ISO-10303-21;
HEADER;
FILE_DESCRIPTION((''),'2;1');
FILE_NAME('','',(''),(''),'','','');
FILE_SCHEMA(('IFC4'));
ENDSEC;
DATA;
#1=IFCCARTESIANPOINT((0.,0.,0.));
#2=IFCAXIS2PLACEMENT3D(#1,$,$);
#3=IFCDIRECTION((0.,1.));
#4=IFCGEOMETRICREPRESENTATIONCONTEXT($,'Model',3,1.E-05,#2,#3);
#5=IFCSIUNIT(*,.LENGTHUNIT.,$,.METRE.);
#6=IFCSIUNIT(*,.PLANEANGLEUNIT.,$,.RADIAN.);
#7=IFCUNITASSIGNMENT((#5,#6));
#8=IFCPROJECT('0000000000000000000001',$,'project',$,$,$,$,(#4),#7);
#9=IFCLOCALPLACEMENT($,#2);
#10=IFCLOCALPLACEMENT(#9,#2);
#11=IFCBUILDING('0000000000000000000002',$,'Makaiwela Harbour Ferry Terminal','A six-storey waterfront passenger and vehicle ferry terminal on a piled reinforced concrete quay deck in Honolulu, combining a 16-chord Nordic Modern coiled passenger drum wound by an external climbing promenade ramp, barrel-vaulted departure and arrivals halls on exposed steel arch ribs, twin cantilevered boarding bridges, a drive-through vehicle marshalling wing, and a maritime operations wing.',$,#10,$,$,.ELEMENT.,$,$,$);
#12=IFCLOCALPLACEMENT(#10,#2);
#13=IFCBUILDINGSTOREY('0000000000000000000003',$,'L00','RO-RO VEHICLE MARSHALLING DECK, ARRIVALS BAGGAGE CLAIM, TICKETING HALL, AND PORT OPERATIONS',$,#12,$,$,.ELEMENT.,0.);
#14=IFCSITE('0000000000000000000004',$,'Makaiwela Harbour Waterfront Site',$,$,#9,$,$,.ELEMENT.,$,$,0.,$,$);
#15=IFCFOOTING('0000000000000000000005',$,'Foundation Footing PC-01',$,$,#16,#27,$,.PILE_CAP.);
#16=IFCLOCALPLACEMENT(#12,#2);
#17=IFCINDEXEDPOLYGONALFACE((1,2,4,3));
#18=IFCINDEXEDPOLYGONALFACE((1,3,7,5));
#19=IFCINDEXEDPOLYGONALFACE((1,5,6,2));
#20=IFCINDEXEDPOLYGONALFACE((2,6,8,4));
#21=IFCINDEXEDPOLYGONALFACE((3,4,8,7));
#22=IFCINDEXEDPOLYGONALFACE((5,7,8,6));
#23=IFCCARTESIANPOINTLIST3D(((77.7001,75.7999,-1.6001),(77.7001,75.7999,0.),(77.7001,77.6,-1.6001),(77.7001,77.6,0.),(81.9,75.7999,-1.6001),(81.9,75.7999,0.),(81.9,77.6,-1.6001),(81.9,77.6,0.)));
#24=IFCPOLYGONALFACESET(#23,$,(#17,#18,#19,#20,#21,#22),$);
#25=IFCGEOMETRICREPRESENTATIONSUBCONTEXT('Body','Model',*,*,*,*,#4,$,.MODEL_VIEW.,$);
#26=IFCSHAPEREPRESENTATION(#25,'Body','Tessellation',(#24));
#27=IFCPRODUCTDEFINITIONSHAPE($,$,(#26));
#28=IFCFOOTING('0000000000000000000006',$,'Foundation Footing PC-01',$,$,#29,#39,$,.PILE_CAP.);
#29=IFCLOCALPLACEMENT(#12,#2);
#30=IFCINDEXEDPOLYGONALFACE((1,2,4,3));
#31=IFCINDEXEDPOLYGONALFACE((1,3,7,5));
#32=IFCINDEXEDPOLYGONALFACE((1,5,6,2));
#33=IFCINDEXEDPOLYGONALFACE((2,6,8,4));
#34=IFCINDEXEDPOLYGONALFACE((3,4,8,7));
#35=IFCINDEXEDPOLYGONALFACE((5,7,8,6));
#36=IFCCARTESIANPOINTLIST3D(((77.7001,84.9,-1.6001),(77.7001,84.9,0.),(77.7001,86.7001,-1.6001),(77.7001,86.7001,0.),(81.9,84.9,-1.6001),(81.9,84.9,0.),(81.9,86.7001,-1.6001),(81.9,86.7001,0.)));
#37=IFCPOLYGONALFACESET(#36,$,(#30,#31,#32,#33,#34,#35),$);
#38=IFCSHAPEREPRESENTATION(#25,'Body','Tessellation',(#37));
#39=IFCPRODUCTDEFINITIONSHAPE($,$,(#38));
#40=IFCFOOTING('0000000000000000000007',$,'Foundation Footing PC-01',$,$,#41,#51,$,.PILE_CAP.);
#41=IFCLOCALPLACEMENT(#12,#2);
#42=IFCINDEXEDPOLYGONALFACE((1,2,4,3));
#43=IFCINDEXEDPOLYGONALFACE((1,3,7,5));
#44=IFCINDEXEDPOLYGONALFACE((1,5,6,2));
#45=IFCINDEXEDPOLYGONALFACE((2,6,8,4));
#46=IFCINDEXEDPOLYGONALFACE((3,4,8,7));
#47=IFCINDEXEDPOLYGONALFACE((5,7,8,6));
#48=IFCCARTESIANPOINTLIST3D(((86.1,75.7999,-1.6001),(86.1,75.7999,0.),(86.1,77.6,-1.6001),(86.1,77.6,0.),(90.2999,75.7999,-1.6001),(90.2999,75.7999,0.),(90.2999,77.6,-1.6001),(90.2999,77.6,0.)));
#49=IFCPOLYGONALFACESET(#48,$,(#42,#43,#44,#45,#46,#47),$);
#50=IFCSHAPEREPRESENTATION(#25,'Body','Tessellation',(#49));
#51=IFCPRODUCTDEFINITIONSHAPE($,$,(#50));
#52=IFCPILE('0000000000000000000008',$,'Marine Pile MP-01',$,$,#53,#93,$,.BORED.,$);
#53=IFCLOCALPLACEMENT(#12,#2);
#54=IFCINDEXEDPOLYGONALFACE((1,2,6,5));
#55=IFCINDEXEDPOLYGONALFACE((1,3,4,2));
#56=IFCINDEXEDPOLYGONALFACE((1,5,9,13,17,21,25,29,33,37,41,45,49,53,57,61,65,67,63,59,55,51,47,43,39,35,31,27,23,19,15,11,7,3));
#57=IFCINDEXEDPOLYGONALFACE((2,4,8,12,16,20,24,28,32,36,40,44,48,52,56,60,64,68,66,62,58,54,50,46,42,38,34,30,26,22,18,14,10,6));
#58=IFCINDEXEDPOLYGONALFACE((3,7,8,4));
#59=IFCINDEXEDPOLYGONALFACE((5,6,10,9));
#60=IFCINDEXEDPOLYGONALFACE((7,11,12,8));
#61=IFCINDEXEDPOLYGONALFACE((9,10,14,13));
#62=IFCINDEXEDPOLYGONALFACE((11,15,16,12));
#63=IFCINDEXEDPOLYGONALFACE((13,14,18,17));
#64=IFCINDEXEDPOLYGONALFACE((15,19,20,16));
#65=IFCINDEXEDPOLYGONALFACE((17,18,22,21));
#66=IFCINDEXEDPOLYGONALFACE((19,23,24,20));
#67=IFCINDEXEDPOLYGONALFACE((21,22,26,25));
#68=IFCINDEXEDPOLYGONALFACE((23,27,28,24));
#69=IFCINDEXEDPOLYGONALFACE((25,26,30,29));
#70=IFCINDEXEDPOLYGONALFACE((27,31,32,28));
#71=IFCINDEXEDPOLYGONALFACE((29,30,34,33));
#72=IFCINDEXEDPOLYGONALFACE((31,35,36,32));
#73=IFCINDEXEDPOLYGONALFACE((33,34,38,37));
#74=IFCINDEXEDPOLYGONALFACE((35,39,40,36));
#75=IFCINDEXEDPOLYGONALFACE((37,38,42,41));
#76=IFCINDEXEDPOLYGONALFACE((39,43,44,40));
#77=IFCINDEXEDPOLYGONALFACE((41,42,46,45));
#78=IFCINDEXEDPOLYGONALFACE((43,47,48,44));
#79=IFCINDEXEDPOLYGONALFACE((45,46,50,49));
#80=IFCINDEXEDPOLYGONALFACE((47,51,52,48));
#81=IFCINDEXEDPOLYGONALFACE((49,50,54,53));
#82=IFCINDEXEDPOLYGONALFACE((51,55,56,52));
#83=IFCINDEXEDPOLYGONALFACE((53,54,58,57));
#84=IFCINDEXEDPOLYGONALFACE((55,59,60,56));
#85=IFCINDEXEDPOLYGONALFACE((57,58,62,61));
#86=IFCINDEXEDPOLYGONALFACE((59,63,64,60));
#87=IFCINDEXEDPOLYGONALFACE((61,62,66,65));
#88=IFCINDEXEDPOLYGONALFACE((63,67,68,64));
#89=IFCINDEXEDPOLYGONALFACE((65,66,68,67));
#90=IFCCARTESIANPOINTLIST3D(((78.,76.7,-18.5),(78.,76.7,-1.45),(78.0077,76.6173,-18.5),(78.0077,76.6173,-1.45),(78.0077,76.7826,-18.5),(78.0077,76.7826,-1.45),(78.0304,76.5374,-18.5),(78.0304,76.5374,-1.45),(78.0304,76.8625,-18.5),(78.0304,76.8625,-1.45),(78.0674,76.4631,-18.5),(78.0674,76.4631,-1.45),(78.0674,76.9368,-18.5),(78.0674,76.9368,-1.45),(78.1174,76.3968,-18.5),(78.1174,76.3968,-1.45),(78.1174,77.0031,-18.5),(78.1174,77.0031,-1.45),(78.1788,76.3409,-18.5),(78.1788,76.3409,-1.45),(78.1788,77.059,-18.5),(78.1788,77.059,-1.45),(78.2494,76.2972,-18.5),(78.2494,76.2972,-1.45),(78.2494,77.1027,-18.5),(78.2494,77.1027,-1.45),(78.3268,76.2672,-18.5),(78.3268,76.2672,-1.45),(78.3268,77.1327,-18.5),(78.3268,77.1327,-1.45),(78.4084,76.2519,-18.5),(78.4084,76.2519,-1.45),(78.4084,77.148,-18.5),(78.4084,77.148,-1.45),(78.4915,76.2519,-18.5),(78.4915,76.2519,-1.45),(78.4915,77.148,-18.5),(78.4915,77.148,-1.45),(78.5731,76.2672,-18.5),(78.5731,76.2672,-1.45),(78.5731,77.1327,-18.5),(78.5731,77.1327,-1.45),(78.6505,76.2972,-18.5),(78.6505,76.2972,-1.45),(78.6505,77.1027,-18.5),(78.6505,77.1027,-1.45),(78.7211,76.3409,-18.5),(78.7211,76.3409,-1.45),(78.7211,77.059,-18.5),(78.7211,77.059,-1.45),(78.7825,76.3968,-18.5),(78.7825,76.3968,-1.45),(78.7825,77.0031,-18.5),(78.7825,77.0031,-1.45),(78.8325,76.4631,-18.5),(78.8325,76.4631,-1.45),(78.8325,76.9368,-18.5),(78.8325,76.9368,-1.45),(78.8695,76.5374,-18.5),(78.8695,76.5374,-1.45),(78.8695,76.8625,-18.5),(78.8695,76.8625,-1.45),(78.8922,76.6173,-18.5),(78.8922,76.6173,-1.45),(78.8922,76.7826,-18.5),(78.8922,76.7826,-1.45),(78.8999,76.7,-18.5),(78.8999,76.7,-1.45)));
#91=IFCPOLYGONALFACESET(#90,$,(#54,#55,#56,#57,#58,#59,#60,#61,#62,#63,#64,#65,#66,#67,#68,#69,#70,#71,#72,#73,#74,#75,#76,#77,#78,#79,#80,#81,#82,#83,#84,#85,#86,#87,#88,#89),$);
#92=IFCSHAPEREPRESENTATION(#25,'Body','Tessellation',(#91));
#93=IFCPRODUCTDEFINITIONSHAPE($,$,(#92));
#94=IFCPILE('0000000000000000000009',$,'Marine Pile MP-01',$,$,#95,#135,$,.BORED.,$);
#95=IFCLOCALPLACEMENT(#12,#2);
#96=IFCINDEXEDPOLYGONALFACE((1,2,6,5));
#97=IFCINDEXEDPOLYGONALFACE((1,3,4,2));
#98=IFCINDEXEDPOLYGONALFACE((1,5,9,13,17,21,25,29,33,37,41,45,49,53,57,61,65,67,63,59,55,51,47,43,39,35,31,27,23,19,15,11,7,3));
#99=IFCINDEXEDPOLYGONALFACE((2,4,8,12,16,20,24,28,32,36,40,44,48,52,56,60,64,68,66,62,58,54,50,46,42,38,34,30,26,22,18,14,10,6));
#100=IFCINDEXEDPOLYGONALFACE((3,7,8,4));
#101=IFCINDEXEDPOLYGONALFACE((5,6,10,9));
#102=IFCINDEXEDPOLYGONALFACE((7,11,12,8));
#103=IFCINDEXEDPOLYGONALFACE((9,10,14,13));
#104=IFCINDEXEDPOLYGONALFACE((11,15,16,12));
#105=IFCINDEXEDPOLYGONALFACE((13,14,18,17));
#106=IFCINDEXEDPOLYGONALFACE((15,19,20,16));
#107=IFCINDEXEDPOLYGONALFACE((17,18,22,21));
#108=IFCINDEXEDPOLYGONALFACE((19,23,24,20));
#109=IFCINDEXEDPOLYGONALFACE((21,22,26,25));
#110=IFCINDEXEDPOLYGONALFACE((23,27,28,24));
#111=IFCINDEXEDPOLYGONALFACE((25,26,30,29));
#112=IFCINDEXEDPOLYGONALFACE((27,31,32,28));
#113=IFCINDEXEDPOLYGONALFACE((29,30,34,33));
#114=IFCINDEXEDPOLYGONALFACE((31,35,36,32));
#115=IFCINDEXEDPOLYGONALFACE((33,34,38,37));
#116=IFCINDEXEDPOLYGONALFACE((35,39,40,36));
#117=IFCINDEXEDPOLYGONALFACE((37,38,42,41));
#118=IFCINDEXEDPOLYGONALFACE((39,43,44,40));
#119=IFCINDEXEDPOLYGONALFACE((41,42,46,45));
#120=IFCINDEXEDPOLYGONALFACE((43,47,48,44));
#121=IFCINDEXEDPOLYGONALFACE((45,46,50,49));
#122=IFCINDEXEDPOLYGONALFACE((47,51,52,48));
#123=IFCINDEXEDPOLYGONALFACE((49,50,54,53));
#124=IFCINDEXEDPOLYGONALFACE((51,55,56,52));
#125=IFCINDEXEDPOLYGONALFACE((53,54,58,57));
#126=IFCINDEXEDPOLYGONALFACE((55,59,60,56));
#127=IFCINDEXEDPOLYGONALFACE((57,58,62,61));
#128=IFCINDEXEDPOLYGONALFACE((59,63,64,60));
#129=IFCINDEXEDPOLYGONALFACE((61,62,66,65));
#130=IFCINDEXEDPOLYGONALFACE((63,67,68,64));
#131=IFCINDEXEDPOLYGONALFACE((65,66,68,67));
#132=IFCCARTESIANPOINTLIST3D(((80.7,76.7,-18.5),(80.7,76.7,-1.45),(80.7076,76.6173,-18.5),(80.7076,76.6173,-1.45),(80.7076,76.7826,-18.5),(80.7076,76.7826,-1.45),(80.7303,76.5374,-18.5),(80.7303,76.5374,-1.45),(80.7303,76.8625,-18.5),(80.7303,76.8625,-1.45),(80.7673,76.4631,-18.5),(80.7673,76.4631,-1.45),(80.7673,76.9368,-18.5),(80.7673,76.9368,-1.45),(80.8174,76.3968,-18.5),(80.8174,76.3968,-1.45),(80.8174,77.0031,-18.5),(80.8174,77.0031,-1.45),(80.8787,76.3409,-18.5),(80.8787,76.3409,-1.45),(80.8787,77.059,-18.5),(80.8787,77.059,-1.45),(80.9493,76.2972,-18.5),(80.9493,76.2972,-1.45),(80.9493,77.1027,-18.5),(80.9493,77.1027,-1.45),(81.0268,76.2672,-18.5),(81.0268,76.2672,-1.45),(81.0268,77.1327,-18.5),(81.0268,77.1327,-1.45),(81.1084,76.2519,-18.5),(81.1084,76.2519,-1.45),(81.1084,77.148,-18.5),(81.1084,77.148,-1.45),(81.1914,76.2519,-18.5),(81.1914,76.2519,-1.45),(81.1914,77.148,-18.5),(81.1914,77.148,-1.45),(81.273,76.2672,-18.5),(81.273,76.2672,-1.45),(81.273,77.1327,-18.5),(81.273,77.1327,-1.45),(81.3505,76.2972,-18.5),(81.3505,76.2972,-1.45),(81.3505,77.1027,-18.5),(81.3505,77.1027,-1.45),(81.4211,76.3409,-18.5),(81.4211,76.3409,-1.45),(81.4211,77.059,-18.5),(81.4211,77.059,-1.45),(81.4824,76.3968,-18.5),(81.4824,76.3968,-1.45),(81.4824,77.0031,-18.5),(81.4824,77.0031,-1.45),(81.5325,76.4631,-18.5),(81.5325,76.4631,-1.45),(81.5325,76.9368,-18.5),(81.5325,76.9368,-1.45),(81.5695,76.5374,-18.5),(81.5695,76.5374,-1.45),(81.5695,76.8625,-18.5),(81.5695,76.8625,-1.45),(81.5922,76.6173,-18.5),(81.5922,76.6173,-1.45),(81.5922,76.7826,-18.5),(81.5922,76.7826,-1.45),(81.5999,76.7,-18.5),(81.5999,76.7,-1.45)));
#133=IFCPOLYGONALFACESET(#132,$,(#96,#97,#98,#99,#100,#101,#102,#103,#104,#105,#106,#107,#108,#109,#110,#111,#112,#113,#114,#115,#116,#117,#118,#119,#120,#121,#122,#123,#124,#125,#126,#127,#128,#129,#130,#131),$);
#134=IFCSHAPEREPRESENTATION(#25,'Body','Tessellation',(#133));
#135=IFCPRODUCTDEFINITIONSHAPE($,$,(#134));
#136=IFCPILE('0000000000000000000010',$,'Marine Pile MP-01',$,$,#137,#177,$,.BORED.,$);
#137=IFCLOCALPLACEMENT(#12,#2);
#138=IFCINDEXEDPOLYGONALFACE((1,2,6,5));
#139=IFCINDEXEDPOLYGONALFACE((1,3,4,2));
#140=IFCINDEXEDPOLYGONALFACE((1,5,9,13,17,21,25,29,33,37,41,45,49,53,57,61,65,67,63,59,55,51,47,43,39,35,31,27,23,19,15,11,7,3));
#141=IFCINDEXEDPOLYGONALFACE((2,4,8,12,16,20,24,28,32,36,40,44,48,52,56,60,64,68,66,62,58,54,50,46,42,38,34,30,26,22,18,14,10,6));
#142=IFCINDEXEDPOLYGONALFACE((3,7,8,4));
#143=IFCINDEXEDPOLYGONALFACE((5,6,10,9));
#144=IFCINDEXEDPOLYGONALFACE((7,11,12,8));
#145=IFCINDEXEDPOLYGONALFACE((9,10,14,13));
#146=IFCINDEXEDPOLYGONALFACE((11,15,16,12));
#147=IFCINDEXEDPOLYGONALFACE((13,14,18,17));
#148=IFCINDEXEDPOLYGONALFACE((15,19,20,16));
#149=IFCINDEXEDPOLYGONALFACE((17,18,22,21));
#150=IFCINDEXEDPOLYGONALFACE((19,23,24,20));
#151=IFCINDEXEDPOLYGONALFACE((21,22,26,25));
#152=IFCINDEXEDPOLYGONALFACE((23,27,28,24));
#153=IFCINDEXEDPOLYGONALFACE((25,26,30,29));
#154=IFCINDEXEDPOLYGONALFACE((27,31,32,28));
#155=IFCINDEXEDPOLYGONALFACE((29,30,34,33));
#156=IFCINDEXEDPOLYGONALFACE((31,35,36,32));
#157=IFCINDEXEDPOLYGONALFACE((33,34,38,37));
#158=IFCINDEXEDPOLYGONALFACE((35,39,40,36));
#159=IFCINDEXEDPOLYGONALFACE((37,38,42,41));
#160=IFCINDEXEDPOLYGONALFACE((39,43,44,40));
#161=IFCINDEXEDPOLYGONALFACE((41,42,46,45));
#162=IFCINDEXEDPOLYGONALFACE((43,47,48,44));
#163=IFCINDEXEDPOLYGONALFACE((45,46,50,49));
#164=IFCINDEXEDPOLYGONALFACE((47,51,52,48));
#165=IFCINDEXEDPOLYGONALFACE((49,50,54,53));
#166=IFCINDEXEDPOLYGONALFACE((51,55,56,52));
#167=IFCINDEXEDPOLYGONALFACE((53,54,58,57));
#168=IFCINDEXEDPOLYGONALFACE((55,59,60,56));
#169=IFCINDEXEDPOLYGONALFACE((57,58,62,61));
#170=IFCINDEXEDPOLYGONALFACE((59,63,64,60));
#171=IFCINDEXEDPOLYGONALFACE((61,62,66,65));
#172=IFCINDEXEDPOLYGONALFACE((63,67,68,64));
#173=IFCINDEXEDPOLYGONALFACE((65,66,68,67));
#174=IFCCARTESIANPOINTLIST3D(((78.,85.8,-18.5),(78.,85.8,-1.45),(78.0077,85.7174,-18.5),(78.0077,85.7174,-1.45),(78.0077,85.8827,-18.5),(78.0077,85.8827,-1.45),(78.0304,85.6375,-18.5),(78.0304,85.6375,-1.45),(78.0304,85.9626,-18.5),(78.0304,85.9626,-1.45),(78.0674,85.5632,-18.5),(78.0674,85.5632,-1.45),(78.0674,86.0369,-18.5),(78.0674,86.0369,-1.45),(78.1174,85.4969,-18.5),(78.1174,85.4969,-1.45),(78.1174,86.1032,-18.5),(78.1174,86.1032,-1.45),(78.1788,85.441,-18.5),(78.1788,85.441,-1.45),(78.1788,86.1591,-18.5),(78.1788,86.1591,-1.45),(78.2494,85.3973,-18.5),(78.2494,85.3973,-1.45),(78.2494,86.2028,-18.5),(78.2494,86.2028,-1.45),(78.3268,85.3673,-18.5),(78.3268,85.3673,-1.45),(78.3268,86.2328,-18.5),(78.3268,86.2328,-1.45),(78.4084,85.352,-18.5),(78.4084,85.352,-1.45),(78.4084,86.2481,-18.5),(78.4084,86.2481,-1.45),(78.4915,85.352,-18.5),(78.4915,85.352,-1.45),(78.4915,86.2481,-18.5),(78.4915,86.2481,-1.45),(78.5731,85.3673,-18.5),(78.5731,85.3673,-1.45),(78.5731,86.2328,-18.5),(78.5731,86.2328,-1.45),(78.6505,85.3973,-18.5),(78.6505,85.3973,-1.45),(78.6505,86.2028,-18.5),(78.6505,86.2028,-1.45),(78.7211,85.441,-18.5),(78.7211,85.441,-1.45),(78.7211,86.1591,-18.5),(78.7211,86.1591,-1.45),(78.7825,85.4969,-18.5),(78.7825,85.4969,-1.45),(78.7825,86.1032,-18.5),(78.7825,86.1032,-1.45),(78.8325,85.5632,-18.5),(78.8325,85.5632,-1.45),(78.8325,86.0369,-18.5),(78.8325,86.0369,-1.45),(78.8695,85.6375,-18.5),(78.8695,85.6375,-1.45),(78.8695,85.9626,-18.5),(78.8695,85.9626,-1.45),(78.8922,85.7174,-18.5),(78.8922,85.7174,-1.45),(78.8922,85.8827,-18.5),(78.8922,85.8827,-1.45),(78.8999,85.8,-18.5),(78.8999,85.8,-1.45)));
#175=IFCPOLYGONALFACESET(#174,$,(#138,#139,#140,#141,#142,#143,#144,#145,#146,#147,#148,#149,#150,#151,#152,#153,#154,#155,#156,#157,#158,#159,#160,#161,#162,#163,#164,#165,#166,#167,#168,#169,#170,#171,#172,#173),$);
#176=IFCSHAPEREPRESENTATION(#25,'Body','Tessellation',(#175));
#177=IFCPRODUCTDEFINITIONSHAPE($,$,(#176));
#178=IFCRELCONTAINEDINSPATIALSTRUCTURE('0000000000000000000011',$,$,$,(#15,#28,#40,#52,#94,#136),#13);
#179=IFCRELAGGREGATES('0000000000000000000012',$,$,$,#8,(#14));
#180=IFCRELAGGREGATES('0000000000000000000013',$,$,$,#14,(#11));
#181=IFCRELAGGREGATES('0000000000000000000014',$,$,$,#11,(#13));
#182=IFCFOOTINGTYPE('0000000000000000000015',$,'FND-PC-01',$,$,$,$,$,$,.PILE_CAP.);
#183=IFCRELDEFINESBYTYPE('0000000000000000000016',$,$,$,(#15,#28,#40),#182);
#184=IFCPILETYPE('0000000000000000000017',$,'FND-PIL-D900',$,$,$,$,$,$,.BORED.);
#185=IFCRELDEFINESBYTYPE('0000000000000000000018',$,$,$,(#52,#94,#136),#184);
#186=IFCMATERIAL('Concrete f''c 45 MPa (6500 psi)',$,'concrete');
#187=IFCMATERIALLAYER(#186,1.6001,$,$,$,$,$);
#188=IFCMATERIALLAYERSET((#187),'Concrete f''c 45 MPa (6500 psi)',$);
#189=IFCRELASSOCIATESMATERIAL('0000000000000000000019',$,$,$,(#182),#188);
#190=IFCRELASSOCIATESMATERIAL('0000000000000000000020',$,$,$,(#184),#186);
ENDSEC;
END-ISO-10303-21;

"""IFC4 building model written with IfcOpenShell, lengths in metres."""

from ifc_helpers import new_model, si_unit, direction, frame, origin, origin_2d, place, context, subcontext, project, spatial, rectangle, circle, extrude, material, layer, layer_set, material_profile, profile_set, type_object, element, save


model = new_model("IFC4")

# Units and contexts
model_context = context("Model", 3, precision=1e-05, world=origin(), true_north=direction((0.0, 1.0)))
body_context = subcontext(model_context, "Body", "Model", "MODEL_VIEW")
ifc_project = project(units=[si_unit("LENGTHUNIT", "METRE"), si_unit("PLANEANGLEUNIT", "RADIAN")], contexts=[model_context])

# Site, building, storey
site_placement = place(None, origin())
site = spatial("IfcSite", under=ifc_project, at=site_placement, Name="Makaiwela Harbour Waterfront Site", CompositionType="ELEMENT", RefElevation=0.0)
building_placement = place(site_placement, origin())
building = spatial("IfcBuilding", under=site, at=building_placement, Name="Makaiwela Harbour Ferry Terminal", Description="A six-storey waterfront passenger and vehicle ferry terminal on a piled reinforced concrete quay deck in Honolulu, combining a 16-chord Nordic Modern coiled passenger drum wound by an external climbing promenade ramp, barrel-vaulted departure and arrivals halls on exposed steel arch ribs, twin cantilevered boarding bridges, a drive-through vehicle marshalling wing, and a maritime operations wing.", CompositionType="ELEMENT")
storey_placement = place(building_placement, origin())
storey = spatial("IfcBuildingStorey", under=building, at=storey_placement, Name="L00", Description="RO-RO VEHICLE MARSHALLING DECK, ARRIVALS BAGGAGE CLAIM, TICKETING HALL, AND PORT OPERATIONS", CompositionType="ELEMENT", Elevation=0.0)

# Footings
ifc_material_1 = material(Name="Concrete f'c 45 MPa (6500 psi)", Category="concrete")
ifc_layer_1 = layer(ifc_material_1, 1.6001)
ifc_layer_set_1 = layer_set([ifc_layer_1], Name="Concrete f'c 45 MPa (6500 psi)")
footing_type_1 = type_object("IfcFootingType", Name="FND-PC-01", PredefinedType="PILE_CAP", material=ifc_layer_set_1)
for number, where, z_axis, x_axis, name in (
    (1, (79.8, 76.7, -1.6001), (0.0, 0.0, 1.0), (1.0, 0.0, 0.0), "Foundation Footing PC-01"),
    (2, (79.8, 85.8, -1.6001), (0.0, 0.0, 1.0), (1.0, 0.0, 0.0), "Foundation Footing PC-01"),
    (3, (88.2, 76.7, -1.6001), (0.0, 0.0, 1.0), (1.0, 0.0, 0.0), "Foundation Footing PC-01"),
):
    element("IfcFooting", number, at=place(storey_placement, frame(where, z_axis=z_axis, x_axis=x_axis)), inside=storey, type_object=footing_type_1, Name=name, PredefinedType="PILE_CAP", context=body_context, shape_type="SweptSolid", body=[
        extrude(rectangle(XDim=4.2, YDim=1.8, at=origin_2d()), origin(), (0.0, 0.0, 1.0), 1.6001),
    ])

# Piles
ifc_material_profile_1 = material_profile(ifc_material_1, circle(Radius=0.45, at=origin_2d()), Name="PILE-D900")
ifc_profile_set_1 = profile_set([ifc_material_profile_1], Name="Concrete f'c 45 MPa (6500 psi)")
pile_type = type_object("IfcPileType", Name="FND-PIL-D900", PredefinedType="BORED", material=ifc_profile_set_1)
for number, where, z_axis, x_axis, name in (
    (4, (78.45, 76.7, -1.45), (0.0, 0.0, -1.0), (1.0, 0.0, 0.0), "Marine Pile MP-01"),
    (5, (81.1499, 76.7, -1.45), (0.0, 0.0, -1.0), (1.0, 0.0, 0.0), "Marine Pile MP-01"),
    (6, (78.45, 85.8, -1.45), (0.0, 0.0, -1.0), (1.0, 0.0, 0.0), "Marine Pile MP-01"),
):
    element("IfcPile", number, at=place(storey_placement, frame(where, z_axis=z_axis, x_axis=x_axis)), inside=storey, type_object=pile_type, Name=name, PredefinedType="BORED", context=body_context, shape_type="SweptSolid", body=[
        extrude(circle(Radius=0.45, at=origin_2d()), origin(), (0.0, 0.0, 1.0), 17.05),
    ])

save(model, "model.ifc")
